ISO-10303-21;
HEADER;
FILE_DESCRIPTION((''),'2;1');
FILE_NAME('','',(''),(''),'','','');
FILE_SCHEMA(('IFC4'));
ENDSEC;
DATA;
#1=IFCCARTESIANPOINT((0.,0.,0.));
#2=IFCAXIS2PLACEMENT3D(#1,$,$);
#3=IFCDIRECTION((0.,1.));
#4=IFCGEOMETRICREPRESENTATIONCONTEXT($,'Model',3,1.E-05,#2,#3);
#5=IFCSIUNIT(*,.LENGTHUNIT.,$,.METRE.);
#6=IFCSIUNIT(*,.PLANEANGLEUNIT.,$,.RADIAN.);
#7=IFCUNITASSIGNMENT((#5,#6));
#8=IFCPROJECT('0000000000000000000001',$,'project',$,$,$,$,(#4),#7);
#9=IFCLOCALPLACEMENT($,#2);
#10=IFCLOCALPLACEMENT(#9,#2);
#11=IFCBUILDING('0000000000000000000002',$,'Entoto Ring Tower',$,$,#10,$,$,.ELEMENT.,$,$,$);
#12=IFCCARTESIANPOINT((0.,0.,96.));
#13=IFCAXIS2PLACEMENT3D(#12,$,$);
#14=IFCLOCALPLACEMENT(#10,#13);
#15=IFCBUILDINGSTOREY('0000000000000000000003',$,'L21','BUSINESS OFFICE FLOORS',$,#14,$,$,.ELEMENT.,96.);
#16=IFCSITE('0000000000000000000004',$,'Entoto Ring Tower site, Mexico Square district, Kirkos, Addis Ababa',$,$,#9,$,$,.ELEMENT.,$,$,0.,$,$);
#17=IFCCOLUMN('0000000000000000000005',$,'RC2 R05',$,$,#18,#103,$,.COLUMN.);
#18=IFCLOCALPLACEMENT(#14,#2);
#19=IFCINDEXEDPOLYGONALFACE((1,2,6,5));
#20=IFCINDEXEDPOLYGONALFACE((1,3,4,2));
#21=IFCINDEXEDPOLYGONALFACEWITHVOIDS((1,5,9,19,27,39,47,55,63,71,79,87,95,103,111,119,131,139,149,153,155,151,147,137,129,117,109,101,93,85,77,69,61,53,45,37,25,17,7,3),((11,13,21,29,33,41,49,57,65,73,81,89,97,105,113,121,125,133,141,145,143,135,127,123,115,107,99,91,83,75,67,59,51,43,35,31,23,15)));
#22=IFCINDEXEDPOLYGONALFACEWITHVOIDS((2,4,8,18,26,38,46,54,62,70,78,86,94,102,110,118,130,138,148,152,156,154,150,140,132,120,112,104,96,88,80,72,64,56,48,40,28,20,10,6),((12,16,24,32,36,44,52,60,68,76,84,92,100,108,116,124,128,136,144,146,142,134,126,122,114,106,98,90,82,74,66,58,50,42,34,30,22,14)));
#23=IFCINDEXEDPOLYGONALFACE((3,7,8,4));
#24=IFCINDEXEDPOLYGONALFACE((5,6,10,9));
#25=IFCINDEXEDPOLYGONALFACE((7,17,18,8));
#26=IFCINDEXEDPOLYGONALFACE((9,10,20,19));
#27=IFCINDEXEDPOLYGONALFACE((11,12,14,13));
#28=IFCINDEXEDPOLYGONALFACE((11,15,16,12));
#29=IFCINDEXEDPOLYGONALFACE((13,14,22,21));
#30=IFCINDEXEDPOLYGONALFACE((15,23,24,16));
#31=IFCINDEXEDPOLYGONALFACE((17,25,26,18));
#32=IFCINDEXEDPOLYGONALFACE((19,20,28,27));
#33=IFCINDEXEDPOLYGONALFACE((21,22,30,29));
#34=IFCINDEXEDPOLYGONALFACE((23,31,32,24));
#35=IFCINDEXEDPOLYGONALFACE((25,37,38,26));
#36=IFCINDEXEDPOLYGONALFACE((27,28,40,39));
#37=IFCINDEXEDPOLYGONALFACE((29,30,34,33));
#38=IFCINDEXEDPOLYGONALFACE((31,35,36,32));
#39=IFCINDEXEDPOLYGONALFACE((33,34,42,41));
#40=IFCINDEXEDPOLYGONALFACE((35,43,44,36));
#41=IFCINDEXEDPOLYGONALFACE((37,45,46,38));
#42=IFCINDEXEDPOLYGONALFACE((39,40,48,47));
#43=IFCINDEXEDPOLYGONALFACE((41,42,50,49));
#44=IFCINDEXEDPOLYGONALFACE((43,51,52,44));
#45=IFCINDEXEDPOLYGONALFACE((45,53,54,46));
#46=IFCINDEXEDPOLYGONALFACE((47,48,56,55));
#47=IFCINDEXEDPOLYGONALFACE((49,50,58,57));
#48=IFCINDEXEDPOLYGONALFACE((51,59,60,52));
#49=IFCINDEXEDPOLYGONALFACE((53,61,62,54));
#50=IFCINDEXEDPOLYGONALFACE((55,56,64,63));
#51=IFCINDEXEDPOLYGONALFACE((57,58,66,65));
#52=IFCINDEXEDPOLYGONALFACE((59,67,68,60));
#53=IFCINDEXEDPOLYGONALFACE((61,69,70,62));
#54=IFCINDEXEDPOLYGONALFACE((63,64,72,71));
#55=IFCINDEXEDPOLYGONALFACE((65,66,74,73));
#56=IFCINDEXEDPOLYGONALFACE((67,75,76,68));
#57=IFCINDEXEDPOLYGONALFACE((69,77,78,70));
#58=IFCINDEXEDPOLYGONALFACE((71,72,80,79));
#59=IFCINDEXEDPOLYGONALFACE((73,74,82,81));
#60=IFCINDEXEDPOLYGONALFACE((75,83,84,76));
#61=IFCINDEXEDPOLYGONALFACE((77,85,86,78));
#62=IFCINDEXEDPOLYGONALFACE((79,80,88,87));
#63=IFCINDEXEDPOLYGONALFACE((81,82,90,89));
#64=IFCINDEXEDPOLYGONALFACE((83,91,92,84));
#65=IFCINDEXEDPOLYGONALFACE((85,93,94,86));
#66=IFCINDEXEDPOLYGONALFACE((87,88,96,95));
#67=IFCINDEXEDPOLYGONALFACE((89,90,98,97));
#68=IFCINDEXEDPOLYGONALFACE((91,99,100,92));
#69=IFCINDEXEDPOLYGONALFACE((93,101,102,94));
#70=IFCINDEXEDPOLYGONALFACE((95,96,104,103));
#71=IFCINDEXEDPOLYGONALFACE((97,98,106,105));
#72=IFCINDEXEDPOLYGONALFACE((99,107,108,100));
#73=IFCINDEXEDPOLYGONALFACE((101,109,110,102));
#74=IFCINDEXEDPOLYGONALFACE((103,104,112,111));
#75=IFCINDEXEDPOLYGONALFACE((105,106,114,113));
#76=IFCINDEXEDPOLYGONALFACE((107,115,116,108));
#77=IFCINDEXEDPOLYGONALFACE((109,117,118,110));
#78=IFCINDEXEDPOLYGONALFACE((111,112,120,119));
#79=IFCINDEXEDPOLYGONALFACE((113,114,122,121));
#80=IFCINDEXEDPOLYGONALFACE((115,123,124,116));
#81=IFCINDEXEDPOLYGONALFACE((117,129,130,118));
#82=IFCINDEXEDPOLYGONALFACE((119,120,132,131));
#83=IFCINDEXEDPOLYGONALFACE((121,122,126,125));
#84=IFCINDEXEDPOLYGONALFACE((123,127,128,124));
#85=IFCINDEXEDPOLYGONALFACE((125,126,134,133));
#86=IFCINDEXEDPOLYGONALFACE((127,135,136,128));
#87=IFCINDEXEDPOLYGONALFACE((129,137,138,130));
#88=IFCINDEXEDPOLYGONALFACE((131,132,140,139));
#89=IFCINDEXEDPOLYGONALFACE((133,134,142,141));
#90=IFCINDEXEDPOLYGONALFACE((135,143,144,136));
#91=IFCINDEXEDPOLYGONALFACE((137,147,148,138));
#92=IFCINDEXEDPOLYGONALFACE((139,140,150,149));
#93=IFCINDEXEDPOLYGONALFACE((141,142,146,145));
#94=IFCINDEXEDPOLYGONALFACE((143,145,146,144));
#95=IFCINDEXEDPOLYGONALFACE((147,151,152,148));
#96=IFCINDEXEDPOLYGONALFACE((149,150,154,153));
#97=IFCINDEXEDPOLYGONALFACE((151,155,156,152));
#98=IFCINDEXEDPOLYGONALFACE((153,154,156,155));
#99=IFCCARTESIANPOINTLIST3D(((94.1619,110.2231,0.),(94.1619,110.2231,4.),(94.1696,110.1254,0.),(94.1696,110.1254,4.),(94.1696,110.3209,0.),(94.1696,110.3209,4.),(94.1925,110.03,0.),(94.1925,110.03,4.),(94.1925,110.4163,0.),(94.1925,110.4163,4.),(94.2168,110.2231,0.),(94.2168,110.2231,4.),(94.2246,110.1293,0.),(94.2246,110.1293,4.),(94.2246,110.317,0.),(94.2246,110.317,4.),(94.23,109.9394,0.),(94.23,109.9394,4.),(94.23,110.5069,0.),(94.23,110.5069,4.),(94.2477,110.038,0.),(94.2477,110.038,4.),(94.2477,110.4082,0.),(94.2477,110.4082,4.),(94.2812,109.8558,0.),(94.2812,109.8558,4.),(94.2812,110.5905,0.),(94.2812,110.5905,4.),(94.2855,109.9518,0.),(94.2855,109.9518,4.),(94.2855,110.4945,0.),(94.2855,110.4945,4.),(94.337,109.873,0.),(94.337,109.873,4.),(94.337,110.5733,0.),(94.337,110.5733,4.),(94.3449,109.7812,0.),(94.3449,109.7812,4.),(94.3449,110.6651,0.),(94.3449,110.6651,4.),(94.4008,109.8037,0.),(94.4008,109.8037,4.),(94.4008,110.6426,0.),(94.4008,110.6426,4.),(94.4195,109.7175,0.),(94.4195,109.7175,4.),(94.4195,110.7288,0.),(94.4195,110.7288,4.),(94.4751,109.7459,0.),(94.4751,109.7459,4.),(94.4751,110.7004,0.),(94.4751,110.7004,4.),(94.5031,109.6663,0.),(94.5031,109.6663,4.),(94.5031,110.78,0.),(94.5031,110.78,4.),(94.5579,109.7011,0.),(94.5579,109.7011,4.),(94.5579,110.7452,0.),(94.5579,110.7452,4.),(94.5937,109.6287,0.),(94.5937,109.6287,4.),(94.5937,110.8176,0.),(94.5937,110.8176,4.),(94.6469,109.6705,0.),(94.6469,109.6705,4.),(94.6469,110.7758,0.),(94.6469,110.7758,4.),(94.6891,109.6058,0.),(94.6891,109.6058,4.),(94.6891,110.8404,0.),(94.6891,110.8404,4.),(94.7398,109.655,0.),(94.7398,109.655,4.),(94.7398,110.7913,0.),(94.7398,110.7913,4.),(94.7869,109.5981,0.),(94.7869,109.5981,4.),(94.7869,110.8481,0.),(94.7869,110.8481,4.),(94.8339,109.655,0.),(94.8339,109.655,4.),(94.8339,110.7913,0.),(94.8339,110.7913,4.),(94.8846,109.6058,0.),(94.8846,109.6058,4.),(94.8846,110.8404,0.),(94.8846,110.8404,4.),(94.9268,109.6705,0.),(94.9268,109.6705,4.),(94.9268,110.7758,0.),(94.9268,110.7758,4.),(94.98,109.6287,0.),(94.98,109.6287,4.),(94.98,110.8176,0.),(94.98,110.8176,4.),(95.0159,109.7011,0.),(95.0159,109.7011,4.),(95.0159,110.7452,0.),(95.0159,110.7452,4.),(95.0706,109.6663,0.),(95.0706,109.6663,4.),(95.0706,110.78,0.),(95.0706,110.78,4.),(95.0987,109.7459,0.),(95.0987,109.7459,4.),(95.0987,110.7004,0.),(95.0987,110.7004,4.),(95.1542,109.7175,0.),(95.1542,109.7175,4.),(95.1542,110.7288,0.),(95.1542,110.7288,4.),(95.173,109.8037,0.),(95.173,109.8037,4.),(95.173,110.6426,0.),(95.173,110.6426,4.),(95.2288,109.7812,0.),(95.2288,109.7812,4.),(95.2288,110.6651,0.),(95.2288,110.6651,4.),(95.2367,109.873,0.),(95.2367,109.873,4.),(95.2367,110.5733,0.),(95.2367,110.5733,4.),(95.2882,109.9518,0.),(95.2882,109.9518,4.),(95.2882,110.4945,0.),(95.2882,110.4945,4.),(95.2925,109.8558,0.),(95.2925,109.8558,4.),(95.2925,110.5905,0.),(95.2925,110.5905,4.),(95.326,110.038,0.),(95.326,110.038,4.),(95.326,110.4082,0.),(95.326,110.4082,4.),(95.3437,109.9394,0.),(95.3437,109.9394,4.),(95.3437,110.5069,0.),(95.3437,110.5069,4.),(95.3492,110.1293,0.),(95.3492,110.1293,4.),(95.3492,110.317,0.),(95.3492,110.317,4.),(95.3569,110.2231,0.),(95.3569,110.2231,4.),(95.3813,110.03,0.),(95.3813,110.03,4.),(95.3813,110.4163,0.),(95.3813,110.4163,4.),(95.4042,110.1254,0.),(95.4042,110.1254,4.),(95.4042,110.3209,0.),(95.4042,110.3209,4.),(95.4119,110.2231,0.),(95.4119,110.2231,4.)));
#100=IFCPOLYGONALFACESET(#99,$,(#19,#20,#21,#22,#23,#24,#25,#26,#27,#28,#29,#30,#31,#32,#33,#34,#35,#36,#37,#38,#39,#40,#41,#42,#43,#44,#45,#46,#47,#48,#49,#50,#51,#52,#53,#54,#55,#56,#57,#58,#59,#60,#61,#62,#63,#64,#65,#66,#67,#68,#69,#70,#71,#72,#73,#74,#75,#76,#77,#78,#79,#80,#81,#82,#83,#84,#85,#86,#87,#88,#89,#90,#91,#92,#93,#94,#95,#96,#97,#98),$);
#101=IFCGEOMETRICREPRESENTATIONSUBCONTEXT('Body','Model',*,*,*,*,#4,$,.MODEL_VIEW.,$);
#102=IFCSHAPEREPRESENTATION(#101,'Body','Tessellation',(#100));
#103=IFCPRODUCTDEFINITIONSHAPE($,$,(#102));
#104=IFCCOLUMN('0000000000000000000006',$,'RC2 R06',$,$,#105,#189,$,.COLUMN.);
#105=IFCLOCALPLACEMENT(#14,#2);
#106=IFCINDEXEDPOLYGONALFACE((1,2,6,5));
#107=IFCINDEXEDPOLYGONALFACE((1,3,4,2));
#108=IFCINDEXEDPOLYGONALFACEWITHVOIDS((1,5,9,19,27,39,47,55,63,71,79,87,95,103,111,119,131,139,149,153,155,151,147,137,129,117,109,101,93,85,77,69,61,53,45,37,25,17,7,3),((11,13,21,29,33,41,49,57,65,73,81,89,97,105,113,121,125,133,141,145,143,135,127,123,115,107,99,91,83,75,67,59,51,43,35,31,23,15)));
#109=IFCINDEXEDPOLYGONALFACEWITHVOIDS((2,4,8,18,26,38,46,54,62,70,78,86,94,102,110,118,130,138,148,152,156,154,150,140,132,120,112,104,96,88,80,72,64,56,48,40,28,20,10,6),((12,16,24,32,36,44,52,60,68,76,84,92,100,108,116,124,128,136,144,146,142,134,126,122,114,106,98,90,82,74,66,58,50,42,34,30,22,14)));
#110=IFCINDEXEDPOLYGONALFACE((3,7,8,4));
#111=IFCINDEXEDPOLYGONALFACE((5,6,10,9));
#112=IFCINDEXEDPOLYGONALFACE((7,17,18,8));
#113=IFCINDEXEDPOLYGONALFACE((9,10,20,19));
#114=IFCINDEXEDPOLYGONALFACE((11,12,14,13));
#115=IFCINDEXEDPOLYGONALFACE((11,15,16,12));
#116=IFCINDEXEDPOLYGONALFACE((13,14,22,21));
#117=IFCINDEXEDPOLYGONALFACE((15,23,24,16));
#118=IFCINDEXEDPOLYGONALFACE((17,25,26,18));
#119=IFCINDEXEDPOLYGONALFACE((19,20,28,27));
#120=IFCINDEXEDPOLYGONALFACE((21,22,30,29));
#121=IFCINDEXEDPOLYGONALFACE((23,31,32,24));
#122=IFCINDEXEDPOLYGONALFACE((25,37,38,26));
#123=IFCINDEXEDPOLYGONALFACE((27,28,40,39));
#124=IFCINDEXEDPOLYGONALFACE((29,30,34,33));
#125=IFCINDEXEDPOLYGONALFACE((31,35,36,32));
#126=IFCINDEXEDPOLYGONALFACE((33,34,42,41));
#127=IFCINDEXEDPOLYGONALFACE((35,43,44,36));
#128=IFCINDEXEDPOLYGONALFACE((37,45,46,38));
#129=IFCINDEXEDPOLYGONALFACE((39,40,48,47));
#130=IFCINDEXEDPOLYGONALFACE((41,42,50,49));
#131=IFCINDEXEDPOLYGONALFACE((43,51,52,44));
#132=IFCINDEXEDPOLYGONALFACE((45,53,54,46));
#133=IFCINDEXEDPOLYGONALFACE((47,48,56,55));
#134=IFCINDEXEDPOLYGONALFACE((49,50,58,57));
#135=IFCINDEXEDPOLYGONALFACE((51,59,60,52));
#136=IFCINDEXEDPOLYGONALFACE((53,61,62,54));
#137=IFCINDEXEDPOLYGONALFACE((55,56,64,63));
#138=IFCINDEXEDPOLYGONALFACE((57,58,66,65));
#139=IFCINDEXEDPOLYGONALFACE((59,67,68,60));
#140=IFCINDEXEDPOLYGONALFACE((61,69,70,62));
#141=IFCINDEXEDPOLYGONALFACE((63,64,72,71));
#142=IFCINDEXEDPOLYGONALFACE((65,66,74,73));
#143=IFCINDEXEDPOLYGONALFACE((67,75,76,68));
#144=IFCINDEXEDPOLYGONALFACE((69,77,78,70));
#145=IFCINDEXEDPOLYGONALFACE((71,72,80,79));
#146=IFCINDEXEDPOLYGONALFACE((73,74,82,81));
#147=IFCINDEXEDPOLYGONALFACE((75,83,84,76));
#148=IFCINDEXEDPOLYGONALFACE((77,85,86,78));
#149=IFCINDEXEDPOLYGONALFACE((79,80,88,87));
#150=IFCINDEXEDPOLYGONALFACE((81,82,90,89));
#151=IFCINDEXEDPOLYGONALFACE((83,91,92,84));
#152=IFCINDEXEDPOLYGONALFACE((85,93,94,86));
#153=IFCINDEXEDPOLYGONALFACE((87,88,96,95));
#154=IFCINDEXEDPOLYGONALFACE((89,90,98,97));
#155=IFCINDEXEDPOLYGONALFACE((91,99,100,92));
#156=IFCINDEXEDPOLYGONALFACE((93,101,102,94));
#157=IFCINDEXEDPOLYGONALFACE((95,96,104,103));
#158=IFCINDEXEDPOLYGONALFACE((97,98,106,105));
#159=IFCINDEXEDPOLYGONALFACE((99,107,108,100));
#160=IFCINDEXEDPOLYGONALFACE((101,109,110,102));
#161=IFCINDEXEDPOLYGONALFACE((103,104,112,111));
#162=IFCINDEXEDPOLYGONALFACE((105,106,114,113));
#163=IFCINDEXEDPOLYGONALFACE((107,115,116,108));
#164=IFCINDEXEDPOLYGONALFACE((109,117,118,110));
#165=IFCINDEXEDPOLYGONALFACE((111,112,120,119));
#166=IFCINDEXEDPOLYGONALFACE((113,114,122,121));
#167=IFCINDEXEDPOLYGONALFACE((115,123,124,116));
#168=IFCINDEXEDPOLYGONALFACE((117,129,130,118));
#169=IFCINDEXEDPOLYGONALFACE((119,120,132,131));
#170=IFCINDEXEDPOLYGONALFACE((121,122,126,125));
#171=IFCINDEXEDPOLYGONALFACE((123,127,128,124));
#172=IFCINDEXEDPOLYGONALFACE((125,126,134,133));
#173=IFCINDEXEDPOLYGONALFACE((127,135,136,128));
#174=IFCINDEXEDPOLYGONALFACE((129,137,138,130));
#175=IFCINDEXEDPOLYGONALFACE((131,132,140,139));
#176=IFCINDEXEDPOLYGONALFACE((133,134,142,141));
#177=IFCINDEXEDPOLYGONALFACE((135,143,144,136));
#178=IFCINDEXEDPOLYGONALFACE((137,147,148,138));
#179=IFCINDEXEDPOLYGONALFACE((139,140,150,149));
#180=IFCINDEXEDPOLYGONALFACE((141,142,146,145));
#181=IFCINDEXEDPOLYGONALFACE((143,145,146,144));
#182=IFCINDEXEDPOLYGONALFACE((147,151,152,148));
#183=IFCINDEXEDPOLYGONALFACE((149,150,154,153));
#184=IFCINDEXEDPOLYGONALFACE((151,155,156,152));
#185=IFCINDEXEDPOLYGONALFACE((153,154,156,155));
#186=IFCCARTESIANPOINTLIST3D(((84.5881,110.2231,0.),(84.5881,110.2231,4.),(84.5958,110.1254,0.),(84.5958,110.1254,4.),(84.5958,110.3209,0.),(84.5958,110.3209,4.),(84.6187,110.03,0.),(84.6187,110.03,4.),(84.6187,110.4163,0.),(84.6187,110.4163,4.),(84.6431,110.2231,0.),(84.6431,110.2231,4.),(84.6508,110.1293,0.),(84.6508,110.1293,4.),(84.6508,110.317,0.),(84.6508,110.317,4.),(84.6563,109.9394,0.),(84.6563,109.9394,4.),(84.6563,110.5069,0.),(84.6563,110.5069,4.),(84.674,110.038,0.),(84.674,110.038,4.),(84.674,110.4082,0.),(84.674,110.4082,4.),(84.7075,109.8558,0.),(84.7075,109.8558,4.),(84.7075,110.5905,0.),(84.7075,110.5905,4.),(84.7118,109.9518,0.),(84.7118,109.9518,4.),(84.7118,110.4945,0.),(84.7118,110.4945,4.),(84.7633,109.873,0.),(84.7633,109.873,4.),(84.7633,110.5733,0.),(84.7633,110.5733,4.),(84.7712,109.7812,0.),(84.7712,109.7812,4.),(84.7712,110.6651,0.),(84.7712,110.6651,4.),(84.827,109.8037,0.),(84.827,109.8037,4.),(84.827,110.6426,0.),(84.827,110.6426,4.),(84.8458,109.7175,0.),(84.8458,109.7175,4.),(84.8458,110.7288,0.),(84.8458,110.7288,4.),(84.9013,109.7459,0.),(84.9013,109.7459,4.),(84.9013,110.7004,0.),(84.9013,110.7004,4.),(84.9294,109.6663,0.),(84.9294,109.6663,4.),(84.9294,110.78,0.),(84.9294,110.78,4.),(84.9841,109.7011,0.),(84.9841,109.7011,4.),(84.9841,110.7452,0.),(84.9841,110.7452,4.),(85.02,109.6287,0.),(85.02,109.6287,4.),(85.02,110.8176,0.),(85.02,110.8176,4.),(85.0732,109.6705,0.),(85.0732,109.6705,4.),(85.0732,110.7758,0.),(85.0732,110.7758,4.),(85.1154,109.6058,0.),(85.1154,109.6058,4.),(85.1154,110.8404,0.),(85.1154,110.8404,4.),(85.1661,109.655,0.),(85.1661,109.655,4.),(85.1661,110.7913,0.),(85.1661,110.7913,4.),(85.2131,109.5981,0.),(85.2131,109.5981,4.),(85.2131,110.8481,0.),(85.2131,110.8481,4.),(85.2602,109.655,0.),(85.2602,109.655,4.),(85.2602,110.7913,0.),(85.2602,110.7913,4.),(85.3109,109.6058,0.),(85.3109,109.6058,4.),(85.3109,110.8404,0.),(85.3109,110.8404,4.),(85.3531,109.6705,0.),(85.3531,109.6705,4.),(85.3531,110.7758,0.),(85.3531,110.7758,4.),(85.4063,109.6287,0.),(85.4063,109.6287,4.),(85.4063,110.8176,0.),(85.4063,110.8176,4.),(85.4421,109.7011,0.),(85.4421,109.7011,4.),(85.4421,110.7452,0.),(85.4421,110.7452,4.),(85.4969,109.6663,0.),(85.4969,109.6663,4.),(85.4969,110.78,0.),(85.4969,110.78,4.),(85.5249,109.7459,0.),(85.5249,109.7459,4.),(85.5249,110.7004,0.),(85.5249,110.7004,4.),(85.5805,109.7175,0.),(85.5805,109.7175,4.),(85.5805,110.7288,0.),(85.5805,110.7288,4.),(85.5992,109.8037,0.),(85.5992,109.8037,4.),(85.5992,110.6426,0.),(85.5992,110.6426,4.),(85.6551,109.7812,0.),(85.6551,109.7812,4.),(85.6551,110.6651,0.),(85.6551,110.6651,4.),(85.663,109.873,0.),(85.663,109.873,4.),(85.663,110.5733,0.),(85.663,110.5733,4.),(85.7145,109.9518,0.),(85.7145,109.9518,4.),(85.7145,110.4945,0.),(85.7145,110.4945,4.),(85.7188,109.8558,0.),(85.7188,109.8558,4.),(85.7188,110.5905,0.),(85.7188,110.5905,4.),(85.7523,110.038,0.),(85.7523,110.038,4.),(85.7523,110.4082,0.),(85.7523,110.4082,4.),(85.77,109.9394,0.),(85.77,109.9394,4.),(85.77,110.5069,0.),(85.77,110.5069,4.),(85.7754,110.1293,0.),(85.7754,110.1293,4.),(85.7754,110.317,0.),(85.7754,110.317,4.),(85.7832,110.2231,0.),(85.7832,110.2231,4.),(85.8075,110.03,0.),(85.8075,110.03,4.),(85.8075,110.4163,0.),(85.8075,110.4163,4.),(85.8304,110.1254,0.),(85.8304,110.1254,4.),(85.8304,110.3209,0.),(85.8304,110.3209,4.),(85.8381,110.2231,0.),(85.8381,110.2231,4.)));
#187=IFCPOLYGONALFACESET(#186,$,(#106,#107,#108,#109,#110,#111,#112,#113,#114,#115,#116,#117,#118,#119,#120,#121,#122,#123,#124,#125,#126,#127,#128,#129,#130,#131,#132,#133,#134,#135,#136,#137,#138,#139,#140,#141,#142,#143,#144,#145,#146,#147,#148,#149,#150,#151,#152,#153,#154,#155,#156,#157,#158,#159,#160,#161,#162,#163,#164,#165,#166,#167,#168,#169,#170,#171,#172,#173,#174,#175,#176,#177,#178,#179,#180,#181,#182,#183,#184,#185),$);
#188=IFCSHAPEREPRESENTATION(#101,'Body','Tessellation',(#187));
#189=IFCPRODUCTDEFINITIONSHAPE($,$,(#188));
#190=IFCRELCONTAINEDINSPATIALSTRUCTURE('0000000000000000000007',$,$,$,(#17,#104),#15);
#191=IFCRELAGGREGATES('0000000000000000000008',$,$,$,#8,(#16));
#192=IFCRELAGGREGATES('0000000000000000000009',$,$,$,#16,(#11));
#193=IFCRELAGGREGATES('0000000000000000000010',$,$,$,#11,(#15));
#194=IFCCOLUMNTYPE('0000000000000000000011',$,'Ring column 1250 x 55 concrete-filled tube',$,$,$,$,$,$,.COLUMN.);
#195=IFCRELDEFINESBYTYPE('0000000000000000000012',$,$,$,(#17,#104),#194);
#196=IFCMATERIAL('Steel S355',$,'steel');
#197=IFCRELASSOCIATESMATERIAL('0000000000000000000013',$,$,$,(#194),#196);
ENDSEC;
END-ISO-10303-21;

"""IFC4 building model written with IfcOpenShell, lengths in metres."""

from ifc_helpers import new_model, si_unit, direction, frame, origin, origin_2d, place, context, subcontext, project, spatial, circle, hollow_circle, extrude, material, material_profile, profile_set, type_object, element, save


model = new_model("IFC4")

# Units and contexts
model_context = context("Model", 3, precision=1e-05, world=origin(), true_north=direction((0.0, 1.0)))
body_context = subcontext(model_context, "Body", "Model", "MODEL_VIEW")
ifc_project = project(units=[si_unit("LENGTHUNIT", "METRE"), si_unit("PLANEANGLEUNIT", "RADIAN")], contexts=[model_context])

# Site, building, storey
site_placement = place(None, origin())
site = spatial("IfcSite", under=ifc_project, at=site_placement, Name="Entoto Ring Tower site, Mexico Square district, Kirkos, Addis Ababa", CompositionType="ELEMENT", RefElevation=0.0)
building_placement = place(site_placement, origin())
building = spatial("IfcBuilding", under=site, at=building_placement, Name="Entoto Ring Tower", CompositionType="ELEMENT")
storey_placement = place(building_placement, frame((0.0, 0.0, 96.0)))
storey = spatial("IfcBuildingStorey", under=building, at=storey_placement, Name="L21", Description="BUSINESS OFFICE FLOORS", CompositionType="ELEMENT", Elevation=96.0)

# Columns
ifc_material_1 = material(Name="Steel S355", Category="steel")
ifc_material_profile_1 = material_profile(ifc_material_1, hollow_circle(Radius=0.625, WallThickness=0.0549, at=origin_2d()), Name="CHS 1250 x 55")
ifc_material_2 = material(Name="Concrete C60/75", Category="concrete")
ifc_material_profile_2 = material_profile(ifc_material_2, circle(Radius=0.5701, at=origin_2d()), Name="Concrete C60/75 infill")
ifc_profile_set_1 = profile_set([ifc_material_profile_1, ifc_material_profile_2], Name="Steel S355")
column_type = type_object("IfcColumnType", Name="Ring column 1250 x 55 concrete-filled tube", PredefinedType="COLUMN", material=ifc_profile_set_1)
for number, where, z_axis, x_axis, name in (
    (1, (94.7869, 110.2231, 0.0), (0.0, 0.0, 1.0), (1.0, 0.0, 0.0), "RC2 R05"),
    (2, (85.2131, 110.2231, 0.0), (0.0, 0.0, 1.0), (1.0, 0.0, 0.0), "RC2 R06"),
):
    element("IfcColumn", number, at=place(storey_placement, frame(where, z_axis=z_axis, x_axis=x_axis)), inside=storey, type_object=column_type, Name=name, PredefinedType="COLUMN", context=body_context, shape_type="SweptSolid", body=[
        extrude(hollow_circle(Radius=0.625, WallThickness=0.0549, at=origin_2d()), origin(), (0.0, 0.0, 1.0), 4.0),
    ])

save(model, "model.ifc")
